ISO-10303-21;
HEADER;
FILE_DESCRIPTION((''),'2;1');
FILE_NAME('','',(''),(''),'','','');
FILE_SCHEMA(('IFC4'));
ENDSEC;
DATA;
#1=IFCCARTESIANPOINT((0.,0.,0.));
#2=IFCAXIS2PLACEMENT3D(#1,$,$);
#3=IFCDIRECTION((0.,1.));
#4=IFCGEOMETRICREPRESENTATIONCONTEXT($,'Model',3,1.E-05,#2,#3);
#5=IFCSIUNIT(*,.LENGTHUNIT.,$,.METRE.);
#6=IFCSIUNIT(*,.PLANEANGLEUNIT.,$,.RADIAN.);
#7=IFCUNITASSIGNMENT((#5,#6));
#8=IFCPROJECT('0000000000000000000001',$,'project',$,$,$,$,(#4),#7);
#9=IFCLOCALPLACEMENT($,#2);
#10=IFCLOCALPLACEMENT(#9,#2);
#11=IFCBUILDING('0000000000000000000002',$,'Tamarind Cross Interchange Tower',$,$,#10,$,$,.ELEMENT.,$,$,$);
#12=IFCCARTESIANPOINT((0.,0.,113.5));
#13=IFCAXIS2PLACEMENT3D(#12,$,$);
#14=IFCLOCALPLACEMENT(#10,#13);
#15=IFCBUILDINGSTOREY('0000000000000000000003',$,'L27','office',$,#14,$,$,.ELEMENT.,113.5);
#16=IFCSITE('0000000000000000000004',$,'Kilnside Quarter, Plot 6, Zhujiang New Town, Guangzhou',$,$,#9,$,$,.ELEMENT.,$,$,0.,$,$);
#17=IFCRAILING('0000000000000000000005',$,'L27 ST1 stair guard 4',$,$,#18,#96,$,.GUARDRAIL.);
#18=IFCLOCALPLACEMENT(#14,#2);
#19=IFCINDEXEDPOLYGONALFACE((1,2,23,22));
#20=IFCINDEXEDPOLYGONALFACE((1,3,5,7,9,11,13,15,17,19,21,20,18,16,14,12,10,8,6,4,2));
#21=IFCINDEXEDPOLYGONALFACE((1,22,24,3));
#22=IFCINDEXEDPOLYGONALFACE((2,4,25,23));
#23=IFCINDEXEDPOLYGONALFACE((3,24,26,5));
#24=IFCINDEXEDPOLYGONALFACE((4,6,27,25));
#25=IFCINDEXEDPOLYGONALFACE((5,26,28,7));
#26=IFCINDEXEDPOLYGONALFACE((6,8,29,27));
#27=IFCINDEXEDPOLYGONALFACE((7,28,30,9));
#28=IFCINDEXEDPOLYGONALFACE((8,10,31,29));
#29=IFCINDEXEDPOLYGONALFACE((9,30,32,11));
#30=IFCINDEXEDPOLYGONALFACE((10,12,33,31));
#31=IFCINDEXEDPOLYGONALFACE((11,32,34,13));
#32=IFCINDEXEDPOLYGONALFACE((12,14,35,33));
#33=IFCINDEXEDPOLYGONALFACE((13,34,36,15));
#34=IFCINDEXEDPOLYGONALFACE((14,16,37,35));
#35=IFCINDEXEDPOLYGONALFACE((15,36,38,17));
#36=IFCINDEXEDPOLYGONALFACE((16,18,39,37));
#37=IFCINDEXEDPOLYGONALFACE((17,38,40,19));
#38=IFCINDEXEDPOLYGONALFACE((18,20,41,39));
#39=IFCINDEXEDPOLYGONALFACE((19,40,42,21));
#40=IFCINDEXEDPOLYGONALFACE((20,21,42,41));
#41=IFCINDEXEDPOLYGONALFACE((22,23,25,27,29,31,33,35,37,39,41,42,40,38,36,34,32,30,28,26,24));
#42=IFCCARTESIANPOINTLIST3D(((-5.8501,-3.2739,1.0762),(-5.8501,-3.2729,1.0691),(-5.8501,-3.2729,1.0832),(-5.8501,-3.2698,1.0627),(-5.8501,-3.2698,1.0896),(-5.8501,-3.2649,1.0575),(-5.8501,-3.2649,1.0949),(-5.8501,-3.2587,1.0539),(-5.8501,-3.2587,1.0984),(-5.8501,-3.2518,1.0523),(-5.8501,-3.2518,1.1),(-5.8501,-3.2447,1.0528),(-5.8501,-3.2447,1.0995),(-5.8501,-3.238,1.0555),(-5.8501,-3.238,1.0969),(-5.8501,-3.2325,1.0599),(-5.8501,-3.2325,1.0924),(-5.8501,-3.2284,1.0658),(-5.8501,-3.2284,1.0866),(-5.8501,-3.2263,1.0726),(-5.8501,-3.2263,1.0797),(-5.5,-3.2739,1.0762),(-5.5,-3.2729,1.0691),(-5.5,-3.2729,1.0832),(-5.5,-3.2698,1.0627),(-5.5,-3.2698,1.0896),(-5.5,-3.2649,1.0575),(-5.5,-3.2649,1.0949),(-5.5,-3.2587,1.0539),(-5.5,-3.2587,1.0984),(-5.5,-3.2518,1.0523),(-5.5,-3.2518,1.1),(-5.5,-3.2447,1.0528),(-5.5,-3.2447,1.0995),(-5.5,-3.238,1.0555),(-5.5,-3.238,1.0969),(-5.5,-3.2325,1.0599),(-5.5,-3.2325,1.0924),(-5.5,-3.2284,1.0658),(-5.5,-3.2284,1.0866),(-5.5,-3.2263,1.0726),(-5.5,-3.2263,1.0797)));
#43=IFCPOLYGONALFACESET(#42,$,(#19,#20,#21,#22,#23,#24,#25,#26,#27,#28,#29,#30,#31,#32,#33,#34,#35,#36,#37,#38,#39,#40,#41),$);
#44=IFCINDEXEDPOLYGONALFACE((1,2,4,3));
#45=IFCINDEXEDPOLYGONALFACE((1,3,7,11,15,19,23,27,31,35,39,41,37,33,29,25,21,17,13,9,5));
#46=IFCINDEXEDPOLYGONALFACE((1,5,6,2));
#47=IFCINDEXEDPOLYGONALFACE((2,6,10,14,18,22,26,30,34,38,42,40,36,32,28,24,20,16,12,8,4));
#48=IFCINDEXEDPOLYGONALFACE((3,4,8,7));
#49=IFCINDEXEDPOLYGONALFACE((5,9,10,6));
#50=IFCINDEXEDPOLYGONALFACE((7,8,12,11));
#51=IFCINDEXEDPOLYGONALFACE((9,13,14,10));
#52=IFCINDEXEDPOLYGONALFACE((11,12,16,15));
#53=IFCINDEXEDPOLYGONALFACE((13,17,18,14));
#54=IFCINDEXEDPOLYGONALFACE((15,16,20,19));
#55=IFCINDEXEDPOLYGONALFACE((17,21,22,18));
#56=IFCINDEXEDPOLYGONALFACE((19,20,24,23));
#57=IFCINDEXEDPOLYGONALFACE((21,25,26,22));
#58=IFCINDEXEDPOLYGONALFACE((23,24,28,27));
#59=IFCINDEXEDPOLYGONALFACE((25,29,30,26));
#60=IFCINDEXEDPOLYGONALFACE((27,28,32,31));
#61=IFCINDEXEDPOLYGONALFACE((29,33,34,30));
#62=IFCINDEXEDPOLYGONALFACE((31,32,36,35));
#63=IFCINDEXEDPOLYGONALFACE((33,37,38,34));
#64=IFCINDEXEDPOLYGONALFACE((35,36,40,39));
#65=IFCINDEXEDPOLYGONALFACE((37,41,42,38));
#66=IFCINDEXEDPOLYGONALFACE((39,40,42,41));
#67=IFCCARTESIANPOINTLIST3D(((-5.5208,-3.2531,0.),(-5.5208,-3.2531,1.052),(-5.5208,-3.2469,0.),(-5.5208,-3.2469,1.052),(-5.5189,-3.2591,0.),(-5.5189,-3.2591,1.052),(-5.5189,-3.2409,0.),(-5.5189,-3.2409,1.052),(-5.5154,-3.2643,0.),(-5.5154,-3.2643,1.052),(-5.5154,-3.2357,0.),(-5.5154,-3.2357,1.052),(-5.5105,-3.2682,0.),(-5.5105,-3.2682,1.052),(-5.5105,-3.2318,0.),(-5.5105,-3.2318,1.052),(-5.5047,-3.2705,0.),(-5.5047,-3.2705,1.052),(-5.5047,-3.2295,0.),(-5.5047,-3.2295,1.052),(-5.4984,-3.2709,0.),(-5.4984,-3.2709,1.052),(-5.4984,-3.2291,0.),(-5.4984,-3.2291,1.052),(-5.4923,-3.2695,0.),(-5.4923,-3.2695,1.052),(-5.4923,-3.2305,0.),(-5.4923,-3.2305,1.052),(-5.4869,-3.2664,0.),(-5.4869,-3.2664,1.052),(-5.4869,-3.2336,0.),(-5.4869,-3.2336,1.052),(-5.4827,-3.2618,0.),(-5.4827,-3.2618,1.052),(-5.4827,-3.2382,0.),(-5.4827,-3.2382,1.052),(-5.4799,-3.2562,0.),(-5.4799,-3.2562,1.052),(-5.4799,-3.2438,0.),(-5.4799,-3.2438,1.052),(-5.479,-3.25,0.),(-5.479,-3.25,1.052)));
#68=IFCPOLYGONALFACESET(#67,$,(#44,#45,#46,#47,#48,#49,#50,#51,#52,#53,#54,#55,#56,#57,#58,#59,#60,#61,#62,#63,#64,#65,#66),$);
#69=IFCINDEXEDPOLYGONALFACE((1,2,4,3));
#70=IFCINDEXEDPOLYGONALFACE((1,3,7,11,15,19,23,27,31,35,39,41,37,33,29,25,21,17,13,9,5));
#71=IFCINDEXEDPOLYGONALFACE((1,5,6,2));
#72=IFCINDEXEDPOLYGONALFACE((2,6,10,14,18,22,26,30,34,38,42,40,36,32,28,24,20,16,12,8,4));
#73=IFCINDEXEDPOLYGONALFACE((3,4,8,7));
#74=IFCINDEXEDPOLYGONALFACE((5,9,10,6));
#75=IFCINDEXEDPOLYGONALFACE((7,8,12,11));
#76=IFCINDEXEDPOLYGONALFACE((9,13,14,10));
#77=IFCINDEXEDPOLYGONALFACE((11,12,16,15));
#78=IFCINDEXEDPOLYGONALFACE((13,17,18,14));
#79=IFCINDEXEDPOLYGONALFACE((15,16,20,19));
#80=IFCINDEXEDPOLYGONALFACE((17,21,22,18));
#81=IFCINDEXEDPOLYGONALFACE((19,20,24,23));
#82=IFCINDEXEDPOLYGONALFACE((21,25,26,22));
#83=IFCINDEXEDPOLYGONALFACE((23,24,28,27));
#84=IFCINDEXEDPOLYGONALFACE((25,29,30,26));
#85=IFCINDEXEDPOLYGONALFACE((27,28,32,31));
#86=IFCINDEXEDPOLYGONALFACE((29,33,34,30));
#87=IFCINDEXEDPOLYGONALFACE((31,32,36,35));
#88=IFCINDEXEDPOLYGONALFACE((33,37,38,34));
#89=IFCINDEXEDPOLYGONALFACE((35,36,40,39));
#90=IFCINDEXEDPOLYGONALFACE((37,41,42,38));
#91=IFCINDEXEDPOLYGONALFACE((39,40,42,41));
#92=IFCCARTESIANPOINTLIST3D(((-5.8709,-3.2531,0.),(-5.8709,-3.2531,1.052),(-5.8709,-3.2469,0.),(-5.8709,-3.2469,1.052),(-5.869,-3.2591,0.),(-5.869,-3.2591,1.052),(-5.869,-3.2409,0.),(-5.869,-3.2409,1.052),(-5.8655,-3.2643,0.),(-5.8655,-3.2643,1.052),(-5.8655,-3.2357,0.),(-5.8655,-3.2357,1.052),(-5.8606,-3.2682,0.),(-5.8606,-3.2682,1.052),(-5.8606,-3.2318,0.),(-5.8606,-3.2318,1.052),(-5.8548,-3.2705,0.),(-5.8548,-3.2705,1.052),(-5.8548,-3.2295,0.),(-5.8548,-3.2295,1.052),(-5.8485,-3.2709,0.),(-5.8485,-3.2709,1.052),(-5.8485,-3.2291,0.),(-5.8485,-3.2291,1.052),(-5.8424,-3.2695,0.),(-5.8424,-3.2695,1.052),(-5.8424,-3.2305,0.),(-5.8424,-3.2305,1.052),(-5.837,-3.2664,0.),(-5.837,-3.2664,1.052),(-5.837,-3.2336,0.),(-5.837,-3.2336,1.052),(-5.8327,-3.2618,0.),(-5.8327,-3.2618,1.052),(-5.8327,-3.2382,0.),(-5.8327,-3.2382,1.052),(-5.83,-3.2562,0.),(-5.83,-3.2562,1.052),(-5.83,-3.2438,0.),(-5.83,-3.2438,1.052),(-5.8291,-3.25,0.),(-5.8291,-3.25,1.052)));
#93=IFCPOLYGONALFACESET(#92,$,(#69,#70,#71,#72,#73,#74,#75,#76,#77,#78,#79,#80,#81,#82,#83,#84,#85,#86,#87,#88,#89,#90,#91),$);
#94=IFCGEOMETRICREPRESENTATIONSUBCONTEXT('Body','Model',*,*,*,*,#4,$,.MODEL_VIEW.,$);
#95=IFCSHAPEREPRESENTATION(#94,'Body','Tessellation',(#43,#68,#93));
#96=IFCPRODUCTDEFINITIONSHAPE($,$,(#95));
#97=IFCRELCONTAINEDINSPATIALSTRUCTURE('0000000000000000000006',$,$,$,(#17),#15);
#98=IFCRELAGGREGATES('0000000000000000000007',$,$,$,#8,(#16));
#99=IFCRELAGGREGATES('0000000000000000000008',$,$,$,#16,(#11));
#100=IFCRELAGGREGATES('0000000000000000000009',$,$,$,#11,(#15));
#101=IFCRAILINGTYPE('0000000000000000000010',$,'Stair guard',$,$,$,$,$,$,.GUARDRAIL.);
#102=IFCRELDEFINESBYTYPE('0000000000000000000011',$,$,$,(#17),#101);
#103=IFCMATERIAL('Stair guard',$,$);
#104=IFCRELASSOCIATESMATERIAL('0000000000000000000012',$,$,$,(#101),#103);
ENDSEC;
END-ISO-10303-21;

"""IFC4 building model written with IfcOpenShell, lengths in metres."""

from ifc_helpers import new_model, si_unit, direction, frame, origin, origin_2d, place, context, subcontext, project, spatial, circle, extrude, material, type_object, element, save


model = new_model("IFC4")

# Units and contexts
model_context = context("Model", 3, precision=1e-05, world=origin(), true_north=direction((0.0, 1.0)))
body_context = subcontext(model_context, "Body", "Model", "MODEL_VIEW")
ifc_project = project(units=[si_unit("LENGTHUNIT", "METRE"), si_unit("PLANEANGLEUNIT", "RADIAN")], contexts=[model_context])

# Site, building, storey
site_placement = place(None, origin())
site = spatial("IfcSite", under=ifc_project, at=site_placement, Name="Kilnside Quarter, Plot 6, Zhujiang New Town, Guangzhou", CompositionType="ELEMENT", RefElevation=0.0)
building_placement = place(site_placement, origin())
building = spatial("IfcBuilding", under=site, at=building_placement, Name="Tamarind Cross Interchange Tower", CompositionType="ELEMENT")
storey_placement = place(building_placement, frame((0.0, 0.0, 113.5)))
storey = spatial("IfcBuildingStorey", under=building, at=storey_placement, Name="L27", Description="office", CompositionType="ELEMENT", Elevation=113.5)

# Railing
ifc_material_1 = material(Name="Stair guard")
railing_type_1 = type_object("IfcRailingType", Name="Stair guard", PredefinedType="GUARDRAIL", material=ifc_material_1)
railing_1_placement = place(storey_placement, frame((-5.5, -3.25, 0.0)))
element("IfcRailing", 1, at=railing_1_placement, inside=storey, type_object=railing_type_1, Name="L27 ST1 stair guard 4", PredefinedType="GUARDRAIL", context=body_context, shape_type="SweptSolid", body=[
    extrude(circle(Radius=0.0239, at=origin_2d()), frame((0.0, 0.0, 1.0762), z_axis=(-1.0, 0.0, 0.0), x_axis=(0.0, -1.0, 0.0)), (0.0, 0.0, 1.0), 0.3501),
    extrude(circle(Radius=0.021, at=origin_2d()), origin(), (0.0, 0.0, 1.0), 1.052),
    extrude(circle(Radius=0.021, at=origin_2d()), frame((-0.3501, 0.0, 0.0)), (0.0, 0.0, 1.0), 1.052),
])

save(model, "model.ifc")
